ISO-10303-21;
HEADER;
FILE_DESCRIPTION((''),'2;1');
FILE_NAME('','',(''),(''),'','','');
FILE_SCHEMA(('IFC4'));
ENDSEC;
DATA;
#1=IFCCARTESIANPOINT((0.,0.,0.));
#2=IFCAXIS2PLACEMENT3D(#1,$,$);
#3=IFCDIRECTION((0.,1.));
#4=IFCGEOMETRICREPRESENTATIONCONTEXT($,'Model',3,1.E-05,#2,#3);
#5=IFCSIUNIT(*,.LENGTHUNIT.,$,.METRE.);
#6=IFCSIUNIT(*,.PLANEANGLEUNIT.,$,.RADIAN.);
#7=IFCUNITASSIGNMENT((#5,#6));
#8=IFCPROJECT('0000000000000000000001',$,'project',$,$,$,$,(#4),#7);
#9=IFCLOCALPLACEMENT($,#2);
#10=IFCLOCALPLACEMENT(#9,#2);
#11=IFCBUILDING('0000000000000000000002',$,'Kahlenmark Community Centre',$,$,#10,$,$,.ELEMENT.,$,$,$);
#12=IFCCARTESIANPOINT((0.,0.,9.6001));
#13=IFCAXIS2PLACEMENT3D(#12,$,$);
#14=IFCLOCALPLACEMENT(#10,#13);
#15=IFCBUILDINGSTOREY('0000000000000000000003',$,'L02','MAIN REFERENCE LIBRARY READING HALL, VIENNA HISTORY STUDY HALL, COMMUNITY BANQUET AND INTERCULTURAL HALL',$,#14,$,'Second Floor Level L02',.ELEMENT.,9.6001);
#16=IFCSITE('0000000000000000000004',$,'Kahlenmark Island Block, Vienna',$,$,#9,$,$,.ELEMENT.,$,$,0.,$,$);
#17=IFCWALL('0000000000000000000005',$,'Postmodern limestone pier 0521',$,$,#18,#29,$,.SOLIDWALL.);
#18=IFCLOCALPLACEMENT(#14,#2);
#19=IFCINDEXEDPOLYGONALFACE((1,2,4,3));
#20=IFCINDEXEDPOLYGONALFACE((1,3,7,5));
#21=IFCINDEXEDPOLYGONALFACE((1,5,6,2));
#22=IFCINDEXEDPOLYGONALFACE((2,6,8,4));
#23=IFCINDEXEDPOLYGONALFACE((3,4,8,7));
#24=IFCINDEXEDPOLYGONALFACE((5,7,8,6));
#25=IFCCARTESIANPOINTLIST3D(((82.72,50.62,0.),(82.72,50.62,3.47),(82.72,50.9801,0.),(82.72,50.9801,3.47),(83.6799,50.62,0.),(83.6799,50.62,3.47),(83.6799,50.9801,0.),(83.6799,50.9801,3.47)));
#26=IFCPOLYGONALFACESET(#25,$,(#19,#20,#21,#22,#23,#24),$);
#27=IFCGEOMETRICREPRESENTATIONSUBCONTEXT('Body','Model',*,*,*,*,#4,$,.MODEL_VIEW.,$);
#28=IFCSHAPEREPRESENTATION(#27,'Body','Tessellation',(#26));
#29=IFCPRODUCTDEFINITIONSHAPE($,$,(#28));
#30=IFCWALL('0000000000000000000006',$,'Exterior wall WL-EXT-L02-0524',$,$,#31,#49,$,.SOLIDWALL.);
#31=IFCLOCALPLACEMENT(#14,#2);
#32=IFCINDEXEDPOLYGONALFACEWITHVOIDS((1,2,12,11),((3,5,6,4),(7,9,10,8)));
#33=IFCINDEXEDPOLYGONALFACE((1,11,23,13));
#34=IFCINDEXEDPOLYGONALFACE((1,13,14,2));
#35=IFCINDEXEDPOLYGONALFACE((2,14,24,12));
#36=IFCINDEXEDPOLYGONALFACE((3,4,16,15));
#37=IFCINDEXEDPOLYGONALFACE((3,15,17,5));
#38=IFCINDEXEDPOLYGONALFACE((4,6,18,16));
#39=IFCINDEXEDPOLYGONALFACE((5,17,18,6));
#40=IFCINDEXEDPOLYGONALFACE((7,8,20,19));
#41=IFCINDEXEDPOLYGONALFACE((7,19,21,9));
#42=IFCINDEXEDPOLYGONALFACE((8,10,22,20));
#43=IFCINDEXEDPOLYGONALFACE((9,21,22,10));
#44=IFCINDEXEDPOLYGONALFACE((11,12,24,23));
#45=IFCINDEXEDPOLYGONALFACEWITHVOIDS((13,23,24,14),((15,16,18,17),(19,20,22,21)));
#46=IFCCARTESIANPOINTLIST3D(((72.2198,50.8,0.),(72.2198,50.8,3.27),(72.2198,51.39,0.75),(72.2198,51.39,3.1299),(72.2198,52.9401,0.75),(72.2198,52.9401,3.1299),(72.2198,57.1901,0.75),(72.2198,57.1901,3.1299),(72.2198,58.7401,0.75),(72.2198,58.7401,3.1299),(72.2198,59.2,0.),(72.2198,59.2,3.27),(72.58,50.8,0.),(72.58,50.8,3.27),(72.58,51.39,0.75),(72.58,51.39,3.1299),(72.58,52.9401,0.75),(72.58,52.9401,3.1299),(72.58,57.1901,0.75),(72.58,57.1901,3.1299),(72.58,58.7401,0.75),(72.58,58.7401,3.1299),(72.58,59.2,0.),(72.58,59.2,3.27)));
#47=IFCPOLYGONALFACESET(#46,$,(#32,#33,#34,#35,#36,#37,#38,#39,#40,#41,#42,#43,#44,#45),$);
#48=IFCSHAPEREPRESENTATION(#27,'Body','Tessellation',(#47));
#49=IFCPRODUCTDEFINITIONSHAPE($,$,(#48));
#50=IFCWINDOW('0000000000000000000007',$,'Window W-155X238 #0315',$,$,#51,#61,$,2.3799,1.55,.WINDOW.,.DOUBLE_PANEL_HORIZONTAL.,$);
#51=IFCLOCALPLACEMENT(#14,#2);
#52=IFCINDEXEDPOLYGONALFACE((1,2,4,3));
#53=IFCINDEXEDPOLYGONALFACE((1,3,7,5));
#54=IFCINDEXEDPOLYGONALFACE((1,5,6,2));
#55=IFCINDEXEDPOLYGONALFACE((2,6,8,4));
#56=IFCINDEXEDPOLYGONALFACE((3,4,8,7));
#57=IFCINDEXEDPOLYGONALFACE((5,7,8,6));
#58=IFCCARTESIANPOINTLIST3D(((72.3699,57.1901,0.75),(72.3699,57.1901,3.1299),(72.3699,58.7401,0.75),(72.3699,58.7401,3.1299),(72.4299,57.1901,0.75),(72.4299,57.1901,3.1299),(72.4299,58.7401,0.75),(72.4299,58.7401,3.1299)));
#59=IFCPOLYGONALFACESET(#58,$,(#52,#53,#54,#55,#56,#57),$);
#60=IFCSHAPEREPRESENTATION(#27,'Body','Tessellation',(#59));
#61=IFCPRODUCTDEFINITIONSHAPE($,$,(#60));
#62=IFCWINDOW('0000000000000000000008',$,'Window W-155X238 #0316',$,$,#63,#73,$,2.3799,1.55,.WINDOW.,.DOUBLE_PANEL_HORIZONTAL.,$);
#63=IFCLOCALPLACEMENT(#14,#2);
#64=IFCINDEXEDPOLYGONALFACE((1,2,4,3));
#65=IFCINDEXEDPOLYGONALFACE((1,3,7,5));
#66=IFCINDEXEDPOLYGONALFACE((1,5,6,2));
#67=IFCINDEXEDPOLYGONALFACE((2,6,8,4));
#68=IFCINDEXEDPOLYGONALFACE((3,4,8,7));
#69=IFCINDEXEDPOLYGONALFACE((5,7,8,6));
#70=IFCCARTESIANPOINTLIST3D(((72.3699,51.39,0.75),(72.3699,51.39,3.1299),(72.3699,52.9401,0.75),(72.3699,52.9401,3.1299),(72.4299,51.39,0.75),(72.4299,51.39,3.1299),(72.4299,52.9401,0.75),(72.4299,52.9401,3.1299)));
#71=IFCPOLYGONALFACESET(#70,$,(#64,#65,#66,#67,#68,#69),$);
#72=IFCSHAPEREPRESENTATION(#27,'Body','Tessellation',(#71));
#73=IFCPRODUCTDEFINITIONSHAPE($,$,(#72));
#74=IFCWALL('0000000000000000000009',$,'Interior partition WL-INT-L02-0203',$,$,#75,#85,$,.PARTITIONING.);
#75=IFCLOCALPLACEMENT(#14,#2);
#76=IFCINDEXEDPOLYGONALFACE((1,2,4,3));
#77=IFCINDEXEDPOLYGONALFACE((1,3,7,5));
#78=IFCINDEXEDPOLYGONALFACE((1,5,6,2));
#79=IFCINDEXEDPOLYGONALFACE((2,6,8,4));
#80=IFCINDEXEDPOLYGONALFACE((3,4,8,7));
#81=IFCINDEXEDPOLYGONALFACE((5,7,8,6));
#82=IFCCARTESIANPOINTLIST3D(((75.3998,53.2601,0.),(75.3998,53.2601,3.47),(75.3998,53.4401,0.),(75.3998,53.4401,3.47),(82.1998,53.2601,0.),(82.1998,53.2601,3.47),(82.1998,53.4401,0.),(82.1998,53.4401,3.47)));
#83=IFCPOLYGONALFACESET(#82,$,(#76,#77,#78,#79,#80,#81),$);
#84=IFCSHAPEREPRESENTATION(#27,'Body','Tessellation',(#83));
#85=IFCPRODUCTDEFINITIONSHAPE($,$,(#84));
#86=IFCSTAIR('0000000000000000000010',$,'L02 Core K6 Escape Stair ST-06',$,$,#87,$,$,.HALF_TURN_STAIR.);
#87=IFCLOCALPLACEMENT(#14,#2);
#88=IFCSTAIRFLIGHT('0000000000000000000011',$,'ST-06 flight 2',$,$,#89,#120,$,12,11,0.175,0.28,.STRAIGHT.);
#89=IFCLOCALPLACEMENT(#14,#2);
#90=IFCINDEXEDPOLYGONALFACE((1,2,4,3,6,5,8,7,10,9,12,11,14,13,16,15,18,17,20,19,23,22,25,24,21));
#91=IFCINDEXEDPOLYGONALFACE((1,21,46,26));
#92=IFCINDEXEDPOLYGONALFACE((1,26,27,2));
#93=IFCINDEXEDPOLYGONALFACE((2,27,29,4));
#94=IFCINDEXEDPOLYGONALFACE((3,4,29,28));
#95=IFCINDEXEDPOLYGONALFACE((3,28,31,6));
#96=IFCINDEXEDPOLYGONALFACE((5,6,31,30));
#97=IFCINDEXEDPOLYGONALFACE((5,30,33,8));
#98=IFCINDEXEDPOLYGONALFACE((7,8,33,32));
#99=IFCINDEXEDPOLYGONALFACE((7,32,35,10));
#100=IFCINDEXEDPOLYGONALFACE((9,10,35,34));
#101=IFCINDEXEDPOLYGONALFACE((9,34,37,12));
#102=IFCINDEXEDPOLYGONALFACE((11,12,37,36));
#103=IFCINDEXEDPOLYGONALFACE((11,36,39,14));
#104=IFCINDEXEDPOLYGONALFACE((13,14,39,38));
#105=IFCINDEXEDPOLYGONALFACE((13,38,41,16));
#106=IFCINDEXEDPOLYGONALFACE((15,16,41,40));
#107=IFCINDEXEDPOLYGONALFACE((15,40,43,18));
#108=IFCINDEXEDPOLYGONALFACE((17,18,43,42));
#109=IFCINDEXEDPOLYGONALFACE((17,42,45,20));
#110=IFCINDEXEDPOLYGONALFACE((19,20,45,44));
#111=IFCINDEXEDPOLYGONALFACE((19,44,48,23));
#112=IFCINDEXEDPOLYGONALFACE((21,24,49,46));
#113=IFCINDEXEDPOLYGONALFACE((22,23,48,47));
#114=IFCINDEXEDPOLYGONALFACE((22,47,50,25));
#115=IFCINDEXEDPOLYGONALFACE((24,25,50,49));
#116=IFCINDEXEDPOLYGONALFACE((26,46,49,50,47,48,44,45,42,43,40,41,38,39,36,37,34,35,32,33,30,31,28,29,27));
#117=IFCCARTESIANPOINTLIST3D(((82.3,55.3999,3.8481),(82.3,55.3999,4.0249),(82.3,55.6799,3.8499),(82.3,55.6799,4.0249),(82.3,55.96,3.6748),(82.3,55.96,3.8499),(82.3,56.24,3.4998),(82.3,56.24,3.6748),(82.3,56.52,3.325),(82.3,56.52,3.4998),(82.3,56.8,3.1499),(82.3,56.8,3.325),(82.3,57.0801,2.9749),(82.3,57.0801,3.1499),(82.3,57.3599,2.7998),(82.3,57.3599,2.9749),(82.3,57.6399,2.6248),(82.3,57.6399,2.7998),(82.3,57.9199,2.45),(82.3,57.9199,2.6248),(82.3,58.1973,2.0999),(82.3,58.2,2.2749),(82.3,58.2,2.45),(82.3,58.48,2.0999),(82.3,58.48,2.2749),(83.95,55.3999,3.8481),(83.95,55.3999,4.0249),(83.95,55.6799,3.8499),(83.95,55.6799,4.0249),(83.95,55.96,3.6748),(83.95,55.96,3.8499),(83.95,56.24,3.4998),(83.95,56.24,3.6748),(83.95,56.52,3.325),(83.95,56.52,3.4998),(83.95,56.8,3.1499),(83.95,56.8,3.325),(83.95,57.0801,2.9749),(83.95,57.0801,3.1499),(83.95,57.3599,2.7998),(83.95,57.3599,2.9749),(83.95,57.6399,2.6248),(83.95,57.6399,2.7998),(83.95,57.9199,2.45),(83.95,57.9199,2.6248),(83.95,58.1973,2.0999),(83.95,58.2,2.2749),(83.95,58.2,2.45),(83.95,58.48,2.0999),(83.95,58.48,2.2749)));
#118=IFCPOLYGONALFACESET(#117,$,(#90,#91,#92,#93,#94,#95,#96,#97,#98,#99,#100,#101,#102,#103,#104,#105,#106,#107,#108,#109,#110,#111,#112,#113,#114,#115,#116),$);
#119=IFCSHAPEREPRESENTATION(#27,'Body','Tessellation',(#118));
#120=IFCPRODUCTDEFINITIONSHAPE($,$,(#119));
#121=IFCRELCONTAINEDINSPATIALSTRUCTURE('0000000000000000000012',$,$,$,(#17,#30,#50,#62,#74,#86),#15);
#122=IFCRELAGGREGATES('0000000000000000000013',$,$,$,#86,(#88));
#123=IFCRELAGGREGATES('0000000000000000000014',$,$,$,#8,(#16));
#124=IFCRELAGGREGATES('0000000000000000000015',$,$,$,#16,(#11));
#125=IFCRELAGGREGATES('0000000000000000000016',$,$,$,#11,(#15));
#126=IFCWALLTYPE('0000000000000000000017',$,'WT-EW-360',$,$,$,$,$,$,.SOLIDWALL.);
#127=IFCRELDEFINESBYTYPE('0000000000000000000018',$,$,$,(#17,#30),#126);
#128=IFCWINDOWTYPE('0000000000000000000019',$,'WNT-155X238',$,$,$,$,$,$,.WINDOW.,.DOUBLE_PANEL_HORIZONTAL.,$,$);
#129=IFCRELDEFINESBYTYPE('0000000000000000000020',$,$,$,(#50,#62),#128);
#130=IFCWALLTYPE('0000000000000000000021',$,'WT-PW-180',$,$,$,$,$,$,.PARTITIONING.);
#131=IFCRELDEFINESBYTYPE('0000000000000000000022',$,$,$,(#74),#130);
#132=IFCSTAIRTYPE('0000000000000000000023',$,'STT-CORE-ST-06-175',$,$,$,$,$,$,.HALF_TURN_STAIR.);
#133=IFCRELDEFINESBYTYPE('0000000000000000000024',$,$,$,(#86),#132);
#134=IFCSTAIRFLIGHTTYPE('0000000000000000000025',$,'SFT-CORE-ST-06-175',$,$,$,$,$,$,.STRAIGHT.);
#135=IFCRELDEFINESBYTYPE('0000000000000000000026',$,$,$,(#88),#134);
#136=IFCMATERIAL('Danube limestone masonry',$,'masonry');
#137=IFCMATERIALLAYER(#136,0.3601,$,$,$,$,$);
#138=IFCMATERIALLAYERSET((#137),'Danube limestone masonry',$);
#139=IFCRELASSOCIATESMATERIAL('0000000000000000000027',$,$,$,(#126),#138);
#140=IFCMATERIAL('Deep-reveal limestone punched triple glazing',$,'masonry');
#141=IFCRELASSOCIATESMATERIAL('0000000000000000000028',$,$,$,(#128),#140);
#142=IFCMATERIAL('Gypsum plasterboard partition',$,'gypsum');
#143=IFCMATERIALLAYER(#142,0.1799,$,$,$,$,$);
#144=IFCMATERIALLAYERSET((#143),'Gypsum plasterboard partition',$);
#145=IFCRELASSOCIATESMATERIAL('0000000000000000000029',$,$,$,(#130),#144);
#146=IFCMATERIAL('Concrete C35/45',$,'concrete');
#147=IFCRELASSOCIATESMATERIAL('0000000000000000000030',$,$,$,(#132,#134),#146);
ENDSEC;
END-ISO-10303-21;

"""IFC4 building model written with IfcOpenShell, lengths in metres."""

from ifc_helpers import new_model, si_unit, direction, frame, frame_2d, origin, place, context, subcontext, project, spatial, polyline, rectangle, outline, extrude, material, layer, layer_set, type_object, element, fill, aggregate, save


model = new_model("IFC4")

# Units and contexts
model_context = context("Model", 3, precision=1e-05, world=origin(), true_north=direction((0.0, 1.0)))
body_context = subcontext(model_context, "Body", "Model", "MODEL_VIEW")
ifc_project = project(units=[si_unit("LENGTHUNIT", "METRE"), si_unit("PLANEANGLEUNIT", "RADIAN")], contexts=[model_context])

# Site, building, storey
site_placement = place(None, origin())
site = spatial("IfcSite", under=ifc_project, at=site_placement, Name="Kahlenmark Island Block, Vienna", CompositionType="ELEMENT", RefElevation=0.0)
building_placement = place(site_placement, origin())
building = spatial("IfcBuilding", under=site, at=building_placement, Name="Kahlenmark Community Centre", CompositionType="ELEMENT")
storey_placement = place(building_placement, frame((0.0, 0.0, 9.6001)))
storey = spatial("IfcBuildingStorey", under=building, at=storey_placement, Name="L02", Description="MAIN REFERENCE LIBRARY READING HALL, VIENNA HISTORY STUDY HALL, COMMUNITY BANQUET AND INTERCULTURAL HALL", LongName="Second Floor Level L02", CompositionType="ELEMENT", Elevation=9.6001)

# Shared definitions
ifc_material_1 = material(Name="Concrete C35/45", Category="concrete")

# Wall
ifc_material_2 = material(Name="Danube limestone masonry", Category="masonry")
ifc_layer_1 = layer(ifc_material_2, 0.3601)
ifc_layer_set_1 = layer_set([ifc_layer_1], Name="Danube limestone masonry")
wall_type_1 = type_object("IfcWallType", Name="WT-EW-360", PredefinedType="SOLIDWALL", material=ifc_layer_set_1)
wall_1_placement = place(storey_placement, frame((82.72, 50.8, 0.0), z_axis=(0.0, 0.0, 1.0), x_axis=(1.0, 0.0, 0.0)))
element("IfcWall", 1, at=wall_1_placement, inside=storey, type_object=wall_type_1, Name="Postmodern limestone pier 0521", PredefinedType="SOLIDWALL", context=body_context, shape_type="SweptSolid", body=[
    extrude(rectangle(XDim=0.96, YDim=0.3601, at=frame_2d((0.48, 0.0))), origin(), (0.0, 0.0, 1.0), 3.47),
])

# Wall, openings, windows
wall_2_placement = place(storey_placement, frame((72.3999, 59.2, 0.0), z_axis=(0.0, 0.0, 1.0), x_axis=(0.0, -1.0, 0.0)))
wall_2 = element("IfcWall", 2, at=wall_2_placement, inside=storey, type_object=wall_type_1, Name="Exterior wall WL-EXT-L02-0524", PredefinedType="SOLIDWALL", context=body_context, shape_type="SweptSolid", body=[
    extrude(rectangle(XDim=8.3999, YDim=0.3601, at=frame_2d((4.2, 0.0))), origin(), (0.0, 0.0, 1.0), 3.27),
])
opening_1_placement = place(wall_2_placement, frame((0.46, 0.0, 0.75)))
opening_1 = element("IfcOpeningElement", 3, at=opening_1_placement, cuts=wall_2, PredefinedType="OPENING", context=body_context, shape_type="SweptSolid", body=[
    extrude(rectangle(XDim=1.55, YDim=2.3799, at=frame_2d((0.7749, 1.1899))), frame((0.0, 0.1899, 0.0), z_axis=(0.0, -1.0, 0.0), x_axis=(1.0, 0.0, 0.0)), (0.0, 0.0, 1.0), 0.3801),
])
opening_2_placement = place(wall_2_placement, frame((6.26, 0.0, 0.75)))
opening_2 = element("IfcOpeningElement", 4, at=opening_2_placement, cuts=wall_2, PredefinedType="OPENING", context=body_context, shape_type="SweptSolid", body=[
    extrude(rectangle(XDim=1.55, YDim=2.3799, at=frame_2d((0.7749, 1.1899))), frame((0.0, 0.1899, 0.0), z_axis=(0.0, -1.0, 0.0), x_axis=(1.0, 0.0, 0.0)), (0.0, 0.0, 1.0), 0.3801),
])
ifc_material_3 = material(Name="Deep-reveal limestone punched triple glazing", Category="masonry")
window_type = type_object("IfcWindowType", Name="WNT-155X238", PartitioningType="DOUBLE_PANEL_HORIZONTAL", PredefinedType="WINDOW", material=ifc_material_3)
window_1_placement = place(opening_1_placement, origin())
window_1 = element("IfcWindow", 5, at=window_1_placement, inside=storey, type_object=window_type, Name="Window W-155X238 #0315", OverallHeight=2.3799, OverallWidth=1.55, PartitioningType="DOUBLE_PANEL_HORIZONTAL", PredefinedType="WINDOW", context=body_context, shape_type="SweptSolid", body=[
    extrude(rectangle(XDim=1.55, YDim=2.3799, at=frame_2d((0.7749, 1.1899))), frame((0.0, 0.03, 0.0), z_axis=(0.0, -1.0, 0.0), x_axis=(1.0, 0.0, 0.0)), (0.0, 0.0, 1.0), 0.0601),
])
fill(opening_1, window_1)
window_2_placement = place(opening_2_placement, origin())
window_2 = element("IfcWindow", 6, at=window_2_placement, inside=storey, type_object=window_type, Name="Window W-155X238 #0316", OverallHeight=2.3799, OverallWidth=1.55, PartitioningType="DOUBLE_PANEL_HORIZONTAL", PredefinedType="WINDOW", context=body_context, shape_type="SweptSolid", body=[
    extrude(rectangle(XDim=1.55, YDim=2.3799, at=frame_2d((0.7749, 1.1899))), frame((0.0, 0.03, 0.0), z_axis=(0.0, -1.0, 0.0), x_axis=(1.0, 0.0, 0.0)), (0.0, 0.0, 1.0), 0.0601),
])
fill(opening_2, window_2)

# Wall
ifc_material_4 = material(Name="Gypsum plasterboard partition", Category="gypsum")
ifc_layer_2 = layer(ifc_material_4, 0.1799)
ifc_layer_set_2 = layer_set([ifc_layer_2], Name="Gypsum plasterboard partition")
wall_type_2 = type_object("IfcWallType", Name="WT-PW-180", PredefinedType="PARTITIONING", material=ifc_layer_set_2)
wall_3_placement = place(storey_placement, frame((75.3999, 53.3501, 0.0), z_axis=(0.0, 0.0, 1.0), x_axis=(1.0, 0.0, 0.0)))
element("IfcWall", 7, at=wall_3_placement, inside=storey, type_object=wall_type_2, Name="Interior partition WL-INT-L02-0203", PredefinedType="PARTITIONING", context=body_context, shape_type="SweptSolid", body=[
    extrude(rectangle(XDim=6.8, YDim=0.1799, at=frame_2d((3.3999, 0.0))), origin(), (0.0, 0.0, 1.0), 3.47),
])

# Stair, stair flight
stair_type = type_object("IfcStairType", Name="STT-CORE-ST-06-175", PredefinedType="HALF_TURN_STAIR", material=ifc_material_1)
stair_placement = place(storey_placement, origin())
stair = element("IfcStair", 8, at=stair_placement, inside=storey, type_object=stair_type, Name="L02 Core K6 Escape Stair ST-06", PredefinedType="HALF_TURN_STAIR")
stair_flight_type = type_object("IfcStairFlightType", Name="SFT-CORE-ST-06-175", PredefinedType="STRAIGHT", material=ifc_material_1)
stair_flight_placement = place(storey_placement, frame((83.125, 58.48, 2.0999), z_axis=(0.0, 0.0, 1.0), x_axis=(0.0, -1.0, 0.0)))
stair_flight = element("IfcStairFlight", 9, at=stair_flight_placement, type_object=stair_flight_type, Name="ST-06 flight 2", NumberOfRisers=12, NumberOfTreads=11, PredefinedType="STRAIGHT", RiserHeight=0.175, TreadLength=0.28, context=body_context, shape_type="SweptSolid", body=[
    extrude(outline(polyline([(0.0, 0.0), (0.0, 0.175), (0.28, 0.175), (0.28, 0.3501), (0.5601, 0.3501), (0.5601, 0.5249), (0.8401, 0.5249), (0.8401, 0.7), (1.1201, 0.7), (1.1201, 0.875), (1.3999, 0.875), (1.3999, 1.05), (1.6799, 1.05), (1.6799, 1.2251), (1.96, 1.2251), (1.96, 1.3999), (2.24, 1.3999), (2.24, 1.575), (2.52, 1.575), (2.52, 1.75), (2.8, 1.75), (2.8, 1.925), (3.0801, 1.925), (3.0801, 2.1001), (3.0801, 1.7483), (0.2827, 0.0), (0.0, 0.0)])), frame((0.0, 0.825, 0.0), z_axis=(0.0, -1.0, 0.0), x_axis=(1.0, 0.0, 0.0)), (0.0, 0.0, 1.0), 1.6499),
])
aggregate(stair, [stair_flight])

save(model, "model.ifc")
